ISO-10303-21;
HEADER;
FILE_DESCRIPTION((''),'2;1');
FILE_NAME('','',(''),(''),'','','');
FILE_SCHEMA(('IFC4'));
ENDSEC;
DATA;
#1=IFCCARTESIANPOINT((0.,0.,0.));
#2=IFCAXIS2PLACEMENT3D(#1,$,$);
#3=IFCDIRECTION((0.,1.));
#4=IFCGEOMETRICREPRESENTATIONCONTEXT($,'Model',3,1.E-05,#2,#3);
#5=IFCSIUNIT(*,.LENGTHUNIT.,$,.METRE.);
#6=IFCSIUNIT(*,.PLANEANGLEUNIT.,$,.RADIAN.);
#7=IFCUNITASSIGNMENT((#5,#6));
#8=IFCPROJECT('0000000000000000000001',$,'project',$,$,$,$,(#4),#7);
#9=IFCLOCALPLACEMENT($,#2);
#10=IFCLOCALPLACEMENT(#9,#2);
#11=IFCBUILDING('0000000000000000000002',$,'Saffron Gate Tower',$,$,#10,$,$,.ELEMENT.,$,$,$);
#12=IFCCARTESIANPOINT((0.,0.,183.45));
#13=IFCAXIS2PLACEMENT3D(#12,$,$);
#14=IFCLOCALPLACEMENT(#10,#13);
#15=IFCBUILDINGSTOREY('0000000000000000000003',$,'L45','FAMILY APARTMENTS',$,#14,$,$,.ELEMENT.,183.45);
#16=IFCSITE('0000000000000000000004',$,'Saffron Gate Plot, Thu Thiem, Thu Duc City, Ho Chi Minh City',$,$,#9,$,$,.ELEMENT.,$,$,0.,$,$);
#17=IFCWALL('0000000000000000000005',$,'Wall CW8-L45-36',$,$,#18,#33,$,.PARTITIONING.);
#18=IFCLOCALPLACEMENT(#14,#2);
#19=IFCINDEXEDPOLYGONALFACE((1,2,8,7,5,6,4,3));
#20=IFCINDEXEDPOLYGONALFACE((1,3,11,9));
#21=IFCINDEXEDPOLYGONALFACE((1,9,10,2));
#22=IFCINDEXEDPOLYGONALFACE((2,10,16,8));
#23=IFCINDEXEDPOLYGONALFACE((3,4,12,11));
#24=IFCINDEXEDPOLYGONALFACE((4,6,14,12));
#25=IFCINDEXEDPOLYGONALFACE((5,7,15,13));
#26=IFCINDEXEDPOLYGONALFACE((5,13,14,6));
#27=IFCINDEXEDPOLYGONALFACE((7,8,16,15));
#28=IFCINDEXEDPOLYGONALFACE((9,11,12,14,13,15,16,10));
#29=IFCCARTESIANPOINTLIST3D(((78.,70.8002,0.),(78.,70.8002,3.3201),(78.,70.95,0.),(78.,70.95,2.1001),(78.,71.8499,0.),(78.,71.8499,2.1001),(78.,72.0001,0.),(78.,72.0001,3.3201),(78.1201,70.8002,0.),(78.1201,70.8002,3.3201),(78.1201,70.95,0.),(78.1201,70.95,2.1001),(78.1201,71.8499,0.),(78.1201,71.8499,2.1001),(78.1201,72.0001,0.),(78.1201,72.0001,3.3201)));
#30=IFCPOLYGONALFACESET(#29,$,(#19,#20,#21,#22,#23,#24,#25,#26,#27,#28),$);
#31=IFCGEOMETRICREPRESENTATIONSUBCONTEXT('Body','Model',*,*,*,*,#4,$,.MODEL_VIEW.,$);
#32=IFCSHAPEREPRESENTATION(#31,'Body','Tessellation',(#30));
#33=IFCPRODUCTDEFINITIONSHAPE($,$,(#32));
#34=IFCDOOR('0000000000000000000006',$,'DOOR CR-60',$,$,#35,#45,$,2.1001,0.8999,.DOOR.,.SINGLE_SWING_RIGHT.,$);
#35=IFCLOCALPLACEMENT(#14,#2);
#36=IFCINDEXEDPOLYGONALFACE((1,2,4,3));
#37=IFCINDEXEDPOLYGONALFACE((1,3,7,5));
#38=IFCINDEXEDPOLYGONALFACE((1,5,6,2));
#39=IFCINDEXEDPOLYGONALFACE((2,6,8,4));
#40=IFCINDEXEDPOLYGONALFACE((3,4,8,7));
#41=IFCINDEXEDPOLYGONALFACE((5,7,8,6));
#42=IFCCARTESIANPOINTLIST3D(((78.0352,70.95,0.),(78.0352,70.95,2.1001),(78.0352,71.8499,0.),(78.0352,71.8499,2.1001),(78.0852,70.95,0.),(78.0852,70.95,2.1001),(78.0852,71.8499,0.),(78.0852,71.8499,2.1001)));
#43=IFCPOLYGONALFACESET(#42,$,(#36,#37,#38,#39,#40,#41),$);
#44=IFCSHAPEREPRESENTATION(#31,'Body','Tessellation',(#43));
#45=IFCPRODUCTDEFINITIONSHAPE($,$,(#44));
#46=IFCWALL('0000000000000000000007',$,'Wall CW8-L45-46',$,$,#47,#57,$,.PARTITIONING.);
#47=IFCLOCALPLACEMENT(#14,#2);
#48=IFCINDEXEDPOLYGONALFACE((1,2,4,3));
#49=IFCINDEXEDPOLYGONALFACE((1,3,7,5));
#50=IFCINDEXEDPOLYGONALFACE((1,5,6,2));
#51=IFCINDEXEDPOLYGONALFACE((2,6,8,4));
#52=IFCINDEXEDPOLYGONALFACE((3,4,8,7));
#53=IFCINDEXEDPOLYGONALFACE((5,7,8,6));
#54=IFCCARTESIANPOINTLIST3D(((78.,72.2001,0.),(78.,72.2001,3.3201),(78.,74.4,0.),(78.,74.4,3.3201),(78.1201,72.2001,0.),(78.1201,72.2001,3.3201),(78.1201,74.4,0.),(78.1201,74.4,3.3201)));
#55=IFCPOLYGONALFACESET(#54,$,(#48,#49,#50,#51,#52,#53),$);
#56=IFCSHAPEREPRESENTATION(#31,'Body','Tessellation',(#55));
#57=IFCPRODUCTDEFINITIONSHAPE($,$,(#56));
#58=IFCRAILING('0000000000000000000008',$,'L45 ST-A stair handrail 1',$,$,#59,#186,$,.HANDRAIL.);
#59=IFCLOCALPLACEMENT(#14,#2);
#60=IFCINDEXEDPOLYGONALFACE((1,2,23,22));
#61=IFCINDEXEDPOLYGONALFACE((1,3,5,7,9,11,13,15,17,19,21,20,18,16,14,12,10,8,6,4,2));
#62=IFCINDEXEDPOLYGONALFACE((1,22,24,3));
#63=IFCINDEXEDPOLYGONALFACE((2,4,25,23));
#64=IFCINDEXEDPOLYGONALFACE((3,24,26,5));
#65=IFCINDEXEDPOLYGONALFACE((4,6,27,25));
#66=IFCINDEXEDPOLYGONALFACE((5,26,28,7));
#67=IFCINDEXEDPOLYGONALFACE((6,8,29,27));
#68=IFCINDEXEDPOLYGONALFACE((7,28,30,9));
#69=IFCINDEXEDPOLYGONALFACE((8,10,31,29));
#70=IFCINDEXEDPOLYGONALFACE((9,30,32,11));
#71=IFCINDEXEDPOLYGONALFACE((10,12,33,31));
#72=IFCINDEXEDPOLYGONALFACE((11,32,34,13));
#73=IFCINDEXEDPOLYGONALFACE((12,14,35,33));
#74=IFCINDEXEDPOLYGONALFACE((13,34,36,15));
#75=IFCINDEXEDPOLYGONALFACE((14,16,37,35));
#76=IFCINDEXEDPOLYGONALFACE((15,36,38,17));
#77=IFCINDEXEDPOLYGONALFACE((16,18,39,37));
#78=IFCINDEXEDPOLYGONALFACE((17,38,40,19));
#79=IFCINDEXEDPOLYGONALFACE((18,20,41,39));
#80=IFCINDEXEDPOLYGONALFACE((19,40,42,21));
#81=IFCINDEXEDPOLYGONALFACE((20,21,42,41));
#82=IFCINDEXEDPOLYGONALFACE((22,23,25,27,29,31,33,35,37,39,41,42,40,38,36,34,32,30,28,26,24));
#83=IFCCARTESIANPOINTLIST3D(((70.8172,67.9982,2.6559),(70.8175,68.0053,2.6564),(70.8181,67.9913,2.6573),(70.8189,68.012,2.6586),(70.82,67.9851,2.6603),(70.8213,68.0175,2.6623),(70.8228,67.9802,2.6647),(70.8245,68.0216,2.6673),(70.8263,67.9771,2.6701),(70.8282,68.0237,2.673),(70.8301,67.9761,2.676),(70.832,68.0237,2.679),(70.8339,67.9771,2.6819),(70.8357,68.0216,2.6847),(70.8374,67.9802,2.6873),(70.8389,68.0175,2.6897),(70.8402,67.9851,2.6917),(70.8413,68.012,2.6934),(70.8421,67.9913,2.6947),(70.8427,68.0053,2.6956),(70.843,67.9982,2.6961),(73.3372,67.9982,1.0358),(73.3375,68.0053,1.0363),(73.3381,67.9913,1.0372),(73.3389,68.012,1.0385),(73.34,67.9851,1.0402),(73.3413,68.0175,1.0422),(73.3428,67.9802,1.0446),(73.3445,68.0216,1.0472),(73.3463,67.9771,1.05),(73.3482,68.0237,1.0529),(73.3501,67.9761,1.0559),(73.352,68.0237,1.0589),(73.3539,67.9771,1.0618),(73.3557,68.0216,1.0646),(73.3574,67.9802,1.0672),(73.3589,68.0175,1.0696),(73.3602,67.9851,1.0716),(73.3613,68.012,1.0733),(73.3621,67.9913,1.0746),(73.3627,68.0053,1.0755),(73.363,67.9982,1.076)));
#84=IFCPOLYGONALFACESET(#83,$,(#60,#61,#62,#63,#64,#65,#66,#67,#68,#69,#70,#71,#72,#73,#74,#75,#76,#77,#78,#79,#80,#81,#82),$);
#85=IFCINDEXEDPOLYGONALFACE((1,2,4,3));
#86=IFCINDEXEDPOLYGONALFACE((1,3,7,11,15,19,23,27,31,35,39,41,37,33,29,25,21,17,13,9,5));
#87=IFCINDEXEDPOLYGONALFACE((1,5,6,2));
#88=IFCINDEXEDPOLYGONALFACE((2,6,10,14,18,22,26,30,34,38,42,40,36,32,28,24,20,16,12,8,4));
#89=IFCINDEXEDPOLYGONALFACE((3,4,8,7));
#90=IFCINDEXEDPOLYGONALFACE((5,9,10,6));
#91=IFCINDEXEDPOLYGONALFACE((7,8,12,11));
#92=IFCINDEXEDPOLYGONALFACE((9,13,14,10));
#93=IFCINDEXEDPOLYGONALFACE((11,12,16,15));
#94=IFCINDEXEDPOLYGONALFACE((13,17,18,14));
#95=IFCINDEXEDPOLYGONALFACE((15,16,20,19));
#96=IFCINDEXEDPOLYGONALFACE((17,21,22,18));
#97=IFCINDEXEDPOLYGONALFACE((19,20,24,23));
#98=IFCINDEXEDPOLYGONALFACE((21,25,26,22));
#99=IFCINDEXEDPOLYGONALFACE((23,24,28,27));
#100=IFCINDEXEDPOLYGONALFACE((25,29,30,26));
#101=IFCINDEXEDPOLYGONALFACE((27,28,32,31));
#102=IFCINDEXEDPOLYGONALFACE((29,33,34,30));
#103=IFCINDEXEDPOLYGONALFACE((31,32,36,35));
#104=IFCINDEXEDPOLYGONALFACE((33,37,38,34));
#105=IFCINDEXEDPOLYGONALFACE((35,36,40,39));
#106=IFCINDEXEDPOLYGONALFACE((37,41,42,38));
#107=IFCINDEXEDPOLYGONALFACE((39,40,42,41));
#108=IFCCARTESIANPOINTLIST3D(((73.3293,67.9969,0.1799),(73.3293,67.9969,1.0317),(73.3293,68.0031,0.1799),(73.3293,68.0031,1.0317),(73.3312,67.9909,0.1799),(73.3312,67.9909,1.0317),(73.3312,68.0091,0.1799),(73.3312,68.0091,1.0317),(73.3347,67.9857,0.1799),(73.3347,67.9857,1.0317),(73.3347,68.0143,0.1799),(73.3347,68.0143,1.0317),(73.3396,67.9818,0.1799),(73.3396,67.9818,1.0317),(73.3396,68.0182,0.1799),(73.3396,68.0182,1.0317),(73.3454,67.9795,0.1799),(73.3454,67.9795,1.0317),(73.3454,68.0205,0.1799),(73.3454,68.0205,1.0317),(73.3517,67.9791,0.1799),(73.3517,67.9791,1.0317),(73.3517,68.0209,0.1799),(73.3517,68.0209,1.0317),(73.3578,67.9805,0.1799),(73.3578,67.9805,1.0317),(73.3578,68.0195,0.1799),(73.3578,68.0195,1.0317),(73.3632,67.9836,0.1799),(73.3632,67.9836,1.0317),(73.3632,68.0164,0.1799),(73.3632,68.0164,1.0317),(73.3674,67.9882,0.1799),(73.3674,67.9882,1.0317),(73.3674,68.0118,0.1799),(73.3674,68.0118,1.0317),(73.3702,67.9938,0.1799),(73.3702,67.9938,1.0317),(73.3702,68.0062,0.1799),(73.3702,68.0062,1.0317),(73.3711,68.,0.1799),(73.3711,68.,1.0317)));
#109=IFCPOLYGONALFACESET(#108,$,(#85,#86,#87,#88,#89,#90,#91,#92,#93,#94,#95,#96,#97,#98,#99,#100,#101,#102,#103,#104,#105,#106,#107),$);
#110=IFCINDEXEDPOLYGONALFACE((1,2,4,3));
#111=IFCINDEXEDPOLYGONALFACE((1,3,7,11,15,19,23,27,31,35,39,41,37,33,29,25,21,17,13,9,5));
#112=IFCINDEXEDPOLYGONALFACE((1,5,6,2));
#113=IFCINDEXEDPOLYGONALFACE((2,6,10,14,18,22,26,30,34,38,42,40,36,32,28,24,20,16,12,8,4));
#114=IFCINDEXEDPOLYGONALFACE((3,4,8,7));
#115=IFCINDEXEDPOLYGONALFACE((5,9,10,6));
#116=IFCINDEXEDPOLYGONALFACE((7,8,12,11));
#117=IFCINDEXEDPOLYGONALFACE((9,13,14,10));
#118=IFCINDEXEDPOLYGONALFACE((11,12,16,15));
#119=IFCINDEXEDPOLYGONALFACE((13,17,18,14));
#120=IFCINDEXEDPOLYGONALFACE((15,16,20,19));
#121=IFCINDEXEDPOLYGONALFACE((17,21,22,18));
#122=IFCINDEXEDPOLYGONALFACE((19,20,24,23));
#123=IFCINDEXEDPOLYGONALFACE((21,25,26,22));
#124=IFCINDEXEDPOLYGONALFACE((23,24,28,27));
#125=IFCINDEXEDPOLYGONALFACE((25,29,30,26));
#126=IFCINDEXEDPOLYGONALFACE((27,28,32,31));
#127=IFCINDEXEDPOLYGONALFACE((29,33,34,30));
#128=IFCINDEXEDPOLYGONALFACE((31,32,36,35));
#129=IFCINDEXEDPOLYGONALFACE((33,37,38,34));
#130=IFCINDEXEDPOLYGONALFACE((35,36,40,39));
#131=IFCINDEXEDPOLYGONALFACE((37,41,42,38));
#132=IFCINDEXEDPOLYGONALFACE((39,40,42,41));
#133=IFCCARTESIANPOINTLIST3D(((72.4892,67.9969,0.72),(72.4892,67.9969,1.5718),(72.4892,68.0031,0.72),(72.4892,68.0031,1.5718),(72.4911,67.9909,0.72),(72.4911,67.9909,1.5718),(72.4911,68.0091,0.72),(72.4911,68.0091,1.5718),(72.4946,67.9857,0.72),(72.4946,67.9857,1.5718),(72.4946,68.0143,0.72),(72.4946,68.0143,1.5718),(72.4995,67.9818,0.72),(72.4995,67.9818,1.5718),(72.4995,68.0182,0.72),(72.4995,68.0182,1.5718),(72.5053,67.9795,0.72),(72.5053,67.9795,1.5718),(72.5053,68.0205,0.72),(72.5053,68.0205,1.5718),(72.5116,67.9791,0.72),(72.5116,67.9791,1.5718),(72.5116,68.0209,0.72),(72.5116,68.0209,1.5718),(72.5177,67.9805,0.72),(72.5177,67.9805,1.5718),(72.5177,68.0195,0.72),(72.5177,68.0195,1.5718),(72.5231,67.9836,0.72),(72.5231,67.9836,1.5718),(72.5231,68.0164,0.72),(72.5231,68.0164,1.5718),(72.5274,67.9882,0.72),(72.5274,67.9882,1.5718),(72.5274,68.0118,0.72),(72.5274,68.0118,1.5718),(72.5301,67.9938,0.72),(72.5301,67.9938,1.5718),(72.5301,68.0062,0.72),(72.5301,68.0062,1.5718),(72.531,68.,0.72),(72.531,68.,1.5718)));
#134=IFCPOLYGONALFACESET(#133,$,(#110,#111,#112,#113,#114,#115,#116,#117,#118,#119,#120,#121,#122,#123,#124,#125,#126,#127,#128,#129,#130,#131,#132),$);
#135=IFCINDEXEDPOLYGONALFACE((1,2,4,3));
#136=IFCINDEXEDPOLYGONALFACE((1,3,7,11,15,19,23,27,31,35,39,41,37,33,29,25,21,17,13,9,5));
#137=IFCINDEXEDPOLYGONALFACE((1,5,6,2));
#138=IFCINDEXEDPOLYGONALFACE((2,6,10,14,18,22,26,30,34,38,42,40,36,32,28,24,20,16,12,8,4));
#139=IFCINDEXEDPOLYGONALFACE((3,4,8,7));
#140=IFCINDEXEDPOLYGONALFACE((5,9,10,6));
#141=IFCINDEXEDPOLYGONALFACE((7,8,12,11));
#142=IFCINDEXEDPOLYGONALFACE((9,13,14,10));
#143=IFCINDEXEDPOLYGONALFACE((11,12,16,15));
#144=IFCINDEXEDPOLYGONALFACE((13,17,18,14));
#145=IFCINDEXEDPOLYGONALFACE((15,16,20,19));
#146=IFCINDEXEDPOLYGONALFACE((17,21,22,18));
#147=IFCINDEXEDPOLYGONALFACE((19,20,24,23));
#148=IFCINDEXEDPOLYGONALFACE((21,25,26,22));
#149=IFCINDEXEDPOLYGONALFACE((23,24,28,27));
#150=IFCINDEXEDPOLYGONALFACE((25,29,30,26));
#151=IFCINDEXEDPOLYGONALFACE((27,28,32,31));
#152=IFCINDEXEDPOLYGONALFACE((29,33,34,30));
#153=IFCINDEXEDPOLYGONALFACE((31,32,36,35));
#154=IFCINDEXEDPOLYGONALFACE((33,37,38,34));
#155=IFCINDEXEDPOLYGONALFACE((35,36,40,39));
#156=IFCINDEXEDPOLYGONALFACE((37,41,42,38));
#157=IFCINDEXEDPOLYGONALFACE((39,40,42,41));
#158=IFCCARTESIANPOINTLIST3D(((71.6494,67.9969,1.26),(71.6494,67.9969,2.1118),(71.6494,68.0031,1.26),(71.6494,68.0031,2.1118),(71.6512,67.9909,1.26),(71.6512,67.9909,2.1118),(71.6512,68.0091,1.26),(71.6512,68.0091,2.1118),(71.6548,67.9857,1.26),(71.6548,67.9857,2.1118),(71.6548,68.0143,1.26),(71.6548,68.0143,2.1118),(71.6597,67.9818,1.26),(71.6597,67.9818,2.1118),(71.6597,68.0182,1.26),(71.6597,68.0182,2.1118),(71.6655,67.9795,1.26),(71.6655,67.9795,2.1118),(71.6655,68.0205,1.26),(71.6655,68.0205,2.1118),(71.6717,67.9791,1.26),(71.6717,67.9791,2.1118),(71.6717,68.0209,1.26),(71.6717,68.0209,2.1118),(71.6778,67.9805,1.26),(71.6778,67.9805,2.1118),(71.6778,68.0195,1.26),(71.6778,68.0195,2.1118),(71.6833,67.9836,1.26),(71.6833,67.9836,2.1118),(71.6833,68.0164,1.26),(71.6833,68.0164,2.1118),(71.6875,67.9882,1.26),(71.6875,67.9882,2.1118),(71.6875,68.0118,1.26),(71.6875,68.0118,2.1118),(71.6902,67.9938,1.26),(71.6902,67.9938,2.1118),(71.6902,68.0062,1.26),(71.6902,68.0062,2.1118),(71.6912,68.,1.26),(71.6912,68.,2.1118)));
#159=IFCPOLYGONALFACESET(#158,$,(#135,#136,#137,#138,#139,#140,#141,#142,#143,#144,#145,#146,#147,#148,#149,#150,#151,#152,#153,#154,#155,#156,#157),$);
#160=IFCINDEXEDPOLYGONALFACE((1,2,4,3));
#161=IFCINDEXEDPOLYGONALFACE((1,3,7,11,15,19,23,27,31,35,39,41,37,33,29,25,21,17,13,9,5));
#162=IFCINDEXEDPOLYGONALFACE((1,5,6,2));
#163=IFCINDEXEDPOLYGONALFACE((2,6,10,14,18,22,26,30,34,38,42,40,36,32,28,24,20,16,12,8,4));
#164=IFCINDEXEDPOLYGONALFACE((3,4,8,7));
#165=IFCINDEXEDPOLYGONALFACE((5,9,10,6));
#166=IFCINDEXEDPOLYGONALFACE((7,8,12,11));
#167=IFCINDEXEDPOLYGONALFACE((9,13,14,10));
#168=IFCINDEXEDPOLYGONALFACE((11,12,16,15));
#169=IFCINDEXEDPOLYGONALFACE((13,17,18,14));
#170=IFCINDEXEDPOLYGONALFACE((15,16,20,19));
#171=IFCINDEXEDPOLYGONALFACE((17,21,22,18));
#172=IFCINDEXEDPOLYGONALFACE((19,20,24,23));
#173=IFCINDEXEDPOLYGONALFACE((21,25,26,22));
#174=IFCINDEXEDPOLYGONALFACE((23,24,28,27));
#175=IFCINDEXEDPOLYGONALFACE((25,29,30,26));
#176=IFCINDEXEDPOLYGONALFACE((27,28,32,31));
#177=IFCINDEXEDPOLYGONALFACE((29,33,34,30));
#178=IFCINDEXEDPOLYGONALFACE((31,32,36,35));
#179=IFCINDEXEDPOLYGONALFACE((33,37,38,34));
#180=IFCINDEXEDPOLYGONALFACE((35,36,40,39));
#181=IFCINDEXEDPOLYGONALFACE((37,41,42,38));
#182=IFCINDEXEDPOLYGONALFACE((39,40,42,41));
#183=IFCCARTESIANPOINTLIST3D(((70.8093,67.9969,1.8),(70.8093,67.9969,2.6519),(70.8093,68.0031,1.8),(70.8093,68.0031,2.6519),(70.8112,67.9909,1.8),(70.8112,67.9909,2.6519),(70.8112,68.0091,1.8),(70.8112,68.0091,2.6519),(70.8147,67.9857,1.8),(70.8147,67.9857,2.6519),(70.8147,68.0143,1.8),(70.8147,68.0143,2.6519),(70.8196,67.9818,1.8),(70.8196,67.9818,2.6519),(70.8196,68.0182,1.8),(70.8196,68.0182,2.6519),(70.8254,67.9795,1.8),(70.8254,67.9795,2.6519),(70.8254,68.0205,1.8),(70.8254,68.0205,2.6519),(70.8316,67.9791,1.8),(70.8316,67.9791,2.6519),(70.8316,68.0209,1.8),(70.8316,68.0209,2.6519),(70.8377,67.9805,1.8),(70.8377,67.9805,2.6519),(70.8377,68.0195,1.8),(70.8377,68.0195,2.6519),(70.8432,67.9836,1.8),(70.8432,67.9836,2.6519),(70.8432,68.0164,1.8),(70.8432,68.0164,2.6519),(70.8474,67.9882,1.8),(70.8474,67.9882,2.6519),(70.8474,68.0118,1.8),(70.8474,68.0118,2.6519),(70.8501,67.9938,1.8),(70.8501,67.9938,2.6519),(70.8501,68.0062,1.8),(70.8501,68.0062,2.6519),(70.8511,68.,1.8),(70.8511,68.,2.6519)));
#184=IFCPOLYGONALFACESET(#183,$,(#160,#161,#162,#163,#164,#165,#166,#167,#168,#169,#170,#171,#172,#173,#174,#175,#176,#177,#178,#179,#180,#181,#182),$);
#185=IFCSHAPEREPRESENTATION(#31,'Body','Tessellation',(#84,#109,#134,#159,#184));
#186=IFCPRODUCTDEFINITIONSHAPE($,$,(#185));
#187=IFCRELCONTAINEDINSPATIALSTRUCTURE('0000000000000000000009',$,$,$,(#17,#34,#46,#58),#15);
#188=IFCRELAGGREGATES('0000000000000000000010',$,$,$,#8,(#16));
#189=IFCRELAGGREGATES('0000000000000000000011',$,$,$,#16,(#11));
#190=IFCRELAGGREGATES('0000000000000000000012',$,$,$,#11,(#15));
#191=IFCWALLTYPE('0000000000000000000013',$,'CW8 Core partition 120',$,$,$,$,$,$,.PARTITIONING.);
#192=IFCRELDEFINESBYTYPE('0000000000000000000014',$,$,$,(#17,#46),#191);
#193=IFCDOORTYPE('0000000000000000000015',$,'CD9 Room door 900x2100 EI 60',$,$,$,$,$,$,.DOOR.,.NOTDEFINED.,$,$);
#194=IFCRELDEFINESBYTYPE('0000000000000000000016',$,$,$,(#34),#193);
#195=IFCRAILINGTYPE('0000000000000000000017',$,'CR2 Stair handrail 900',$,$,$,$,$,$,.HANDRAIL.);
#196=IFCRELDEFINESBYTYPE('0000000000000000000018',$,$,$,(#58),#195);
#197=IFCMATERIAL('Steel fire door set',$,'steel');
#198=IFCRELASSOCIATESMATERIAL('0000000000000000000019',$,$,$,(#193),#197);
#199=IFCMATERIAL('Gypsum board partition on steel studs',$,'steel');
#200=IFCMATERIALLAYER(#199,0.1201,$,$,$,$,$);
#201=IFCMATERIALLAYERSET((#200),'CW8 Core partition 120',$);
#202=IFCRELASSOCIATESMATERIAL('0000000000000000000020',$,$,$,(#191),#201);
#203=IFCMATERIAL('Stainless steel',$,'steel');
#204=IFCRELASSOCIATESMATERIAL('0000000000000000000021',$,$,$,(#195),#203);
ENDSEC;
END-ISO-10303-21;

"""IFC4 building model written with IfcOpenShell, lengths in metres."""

from ifc_helpers import new_model, si_unit, direction, frame, frame_2d, origin, origin_2d, place, context, subcontext, project, spatial, rectangle, circle, extrude, material, layer, layer_set, type_object, element, fill, save


model = new_model("IFC4")

# Units and contexts
model_context = context("Model", 3, precision=1e-05, world=origin(), true_north=direction((0.0, 1.0)))
body_context = subcontext(model_context, "Body", "Model", "MODEL_VIEW")
ifc_project = project(units=[si_unit("LENGTHUNIT", "METRE"), si_unit("PLANEANGLEUNIT", "RADIAN")], contexts=[model_context])

# Site, building, storey
site_placement = place(None, origin())
site = spatial("IfcSite", under=ifc_project, at=site_placement, Name="Saffron Gate Plot, Thu Thiem, Thu Duc City, Ho Chi Minh City", CompositionType="ELEMENT", RefElevation=0.0)
building_placement = place(site_placement, origin())
building = spatial("IfcBuilding", under=site, at=building_placement, Name="Saffron Gate Tower", CompositionType="ELEMENT")
storey_placement = place(building_placement, frame((0.0, 0.0, 183.45)))
storey = spatial("IfcBuildingStorey", under=building, at=storey_placement, Name="L45", Description="FAMILY APARTMENTS", CompositionType="ELEMENT", Elevation=183.45)

# Shared definitions
ifc_material_1 = material(Name="Steel fire door set", Category="steel")
door_type_1 = type_object("IfcDoorType", Name="CD9 Room door 900x2100 EI 60", OperationType="NOTDEFINED", PredefinedType="DOOR", material=ifc_material_1)

# Shared definitions
ifc_material_2 = material(Name="Gypsum board partition on steel studs", Category="steel")
ifc_layer_1 = layer(ifc_material_2, 0.1201)
ifc_layer_set_1 = layer_set([ifc_layer_1], Name="CW8 Core partition 120")
wall_type_1 = type_object("IfcWallType", Name="CW8 Core partition 120", PredefinedType="PARTITIONING", material=ifc_layer_set_1)

# Wall, opening, door
wall_1_placement = place(storey_placement, frame((78.0601, 70.8, 0.0), z_axis=(0.0, 0.0, 1.0), x_axis=(0.0, 1.0, 0.0)))
wall_1 = element("IfcWall", 1, at=wall_1_placement, inside=storey, type_object=wall_type_1, Name="Wall CW8-L45-36", PredefinedType="PARTITIONING", context=body_context, shape_type="SweptSolid", body=[
    extrude(rectangle(XDim=1.2, YDim=0.1201, at=frame_2d((0.6001, 0.0))), origin(), (0.0, 0.0, 1.0), 3.3201),
])
opening_1_placement = place(wall_1_placement, frame((0.1499, 0.0, 0.0)))
opening_1 = element("IfcOpeningElement", 2, at=opening_1_placement, cuts=wall_1, PredefinedType="OPENING", context=body_context, shape_type="SweptSolid", body=[
    extrude(rectangle(XDim=0.8999, YDim=2.1001, at=frame_2d((0.45, 1.05))), frame((0.0, 0.0701, 0.0), z_axis=(0.0, -1.0, 0.0), x_axis=(1.0, 0.0, 0.0)), (0.0, 0.0, 1.0), 0.1401),
])
door_1_placement = place(opening_1_placement, origin())
door_1 = element("IfcDoor", 3, at=door_1_placement, inside=storey, type_object=door_type_1, Name="DOOR CR-60", OperationType="SINGLE_SWING_RIGHT", OverallHeight=2.1001, OverallWidth=0.8999, PredefinedType="DOOR", context=body_context, shape_type="SweptSolid", body=[
    extrude(rectangle(XDim=0.8999, YDim=2.1001, at=frame_2d((0.45, 1.05))), frame((0.0, 0.0249, 0.0), z_axis=(0.0, -1.0, 0.0), x_axis=(1.0, 0.0, 0.0)), (0.0, 0.0, 1.0), 0.05),
])
fill(opening_1, door_1)

# Wall
wall_2_placement = place(storey_placement, frame((78.0601, 72.2, 0.0), z_axis=(0.0, 0.0, 1.0), x_axis=(0.0, 1.0, 0.0)))
element("IfcWall", 4, at=wall_2_placement, inside=storey, type_object=wall_type_1, Name="Wall CW8-L45-46", PredefinedType="PARTITIONING", context=body_context, shape_type="SweptSolid", body=[
    extrude(rectangle(XDim=2.2, YDim=0.1201, at=frame_2d((1.1001, 0.0))), origin(), (0.0, 0.0, 1.0), 3.3201),
])

# Railing
ifc_material_3 = material(Name="Stainless steel", Category="steel")
railing_type = type_object("IfcRailingType", Name="CR2 Stair handrail 900", PredefinedType="HANDRAIL", material=ifc_material_3)
railing_placement = place(storey_placement, frame((73.3501, 68.0, 0.1799)))
element("IfcRailing", 5, at=railing_placement, inside=storey, type_object=railing_type, Name="L45 ST-A stair handrail 1", PredefinedType="HANDRAIL", context=body_context, shape_type="SweptSolid", body=[
    extrude(circle(Radius=0.0239, at=origin_2d()), frame((0.0, 0.0, 0.876), z_axis=(-0.841163, 0.0, 0.540782), x_axis=(0.0, -1.0, 0.0)), (0.0, 0.0, 1.0), 2.9958),
    extrude(circle(Radius=0.021, at=origin_2d()), origin(), (0.0, 0.0, 1.0), 0.8518),
    extrude(circle(Radius=0.021, at=origin_2d()), frame((-0.8401, 0.0, 0.54)), (0.0, 0.0, 1.0), 0.8518),
    extrude(circle(Radius=0.021, at=origin_2d()), frame((-1.6799, 0.0, 1.0801)), (0.0, 0.0, 1.0), 0.8518),
    extrude(circle(Radius=0.021, at=origin_2d()), frame((-2.52, 0.0, 1.6201)), (0.0, 0.0, 1.0), 0.8518),
])

save(model, "model.ifc")
